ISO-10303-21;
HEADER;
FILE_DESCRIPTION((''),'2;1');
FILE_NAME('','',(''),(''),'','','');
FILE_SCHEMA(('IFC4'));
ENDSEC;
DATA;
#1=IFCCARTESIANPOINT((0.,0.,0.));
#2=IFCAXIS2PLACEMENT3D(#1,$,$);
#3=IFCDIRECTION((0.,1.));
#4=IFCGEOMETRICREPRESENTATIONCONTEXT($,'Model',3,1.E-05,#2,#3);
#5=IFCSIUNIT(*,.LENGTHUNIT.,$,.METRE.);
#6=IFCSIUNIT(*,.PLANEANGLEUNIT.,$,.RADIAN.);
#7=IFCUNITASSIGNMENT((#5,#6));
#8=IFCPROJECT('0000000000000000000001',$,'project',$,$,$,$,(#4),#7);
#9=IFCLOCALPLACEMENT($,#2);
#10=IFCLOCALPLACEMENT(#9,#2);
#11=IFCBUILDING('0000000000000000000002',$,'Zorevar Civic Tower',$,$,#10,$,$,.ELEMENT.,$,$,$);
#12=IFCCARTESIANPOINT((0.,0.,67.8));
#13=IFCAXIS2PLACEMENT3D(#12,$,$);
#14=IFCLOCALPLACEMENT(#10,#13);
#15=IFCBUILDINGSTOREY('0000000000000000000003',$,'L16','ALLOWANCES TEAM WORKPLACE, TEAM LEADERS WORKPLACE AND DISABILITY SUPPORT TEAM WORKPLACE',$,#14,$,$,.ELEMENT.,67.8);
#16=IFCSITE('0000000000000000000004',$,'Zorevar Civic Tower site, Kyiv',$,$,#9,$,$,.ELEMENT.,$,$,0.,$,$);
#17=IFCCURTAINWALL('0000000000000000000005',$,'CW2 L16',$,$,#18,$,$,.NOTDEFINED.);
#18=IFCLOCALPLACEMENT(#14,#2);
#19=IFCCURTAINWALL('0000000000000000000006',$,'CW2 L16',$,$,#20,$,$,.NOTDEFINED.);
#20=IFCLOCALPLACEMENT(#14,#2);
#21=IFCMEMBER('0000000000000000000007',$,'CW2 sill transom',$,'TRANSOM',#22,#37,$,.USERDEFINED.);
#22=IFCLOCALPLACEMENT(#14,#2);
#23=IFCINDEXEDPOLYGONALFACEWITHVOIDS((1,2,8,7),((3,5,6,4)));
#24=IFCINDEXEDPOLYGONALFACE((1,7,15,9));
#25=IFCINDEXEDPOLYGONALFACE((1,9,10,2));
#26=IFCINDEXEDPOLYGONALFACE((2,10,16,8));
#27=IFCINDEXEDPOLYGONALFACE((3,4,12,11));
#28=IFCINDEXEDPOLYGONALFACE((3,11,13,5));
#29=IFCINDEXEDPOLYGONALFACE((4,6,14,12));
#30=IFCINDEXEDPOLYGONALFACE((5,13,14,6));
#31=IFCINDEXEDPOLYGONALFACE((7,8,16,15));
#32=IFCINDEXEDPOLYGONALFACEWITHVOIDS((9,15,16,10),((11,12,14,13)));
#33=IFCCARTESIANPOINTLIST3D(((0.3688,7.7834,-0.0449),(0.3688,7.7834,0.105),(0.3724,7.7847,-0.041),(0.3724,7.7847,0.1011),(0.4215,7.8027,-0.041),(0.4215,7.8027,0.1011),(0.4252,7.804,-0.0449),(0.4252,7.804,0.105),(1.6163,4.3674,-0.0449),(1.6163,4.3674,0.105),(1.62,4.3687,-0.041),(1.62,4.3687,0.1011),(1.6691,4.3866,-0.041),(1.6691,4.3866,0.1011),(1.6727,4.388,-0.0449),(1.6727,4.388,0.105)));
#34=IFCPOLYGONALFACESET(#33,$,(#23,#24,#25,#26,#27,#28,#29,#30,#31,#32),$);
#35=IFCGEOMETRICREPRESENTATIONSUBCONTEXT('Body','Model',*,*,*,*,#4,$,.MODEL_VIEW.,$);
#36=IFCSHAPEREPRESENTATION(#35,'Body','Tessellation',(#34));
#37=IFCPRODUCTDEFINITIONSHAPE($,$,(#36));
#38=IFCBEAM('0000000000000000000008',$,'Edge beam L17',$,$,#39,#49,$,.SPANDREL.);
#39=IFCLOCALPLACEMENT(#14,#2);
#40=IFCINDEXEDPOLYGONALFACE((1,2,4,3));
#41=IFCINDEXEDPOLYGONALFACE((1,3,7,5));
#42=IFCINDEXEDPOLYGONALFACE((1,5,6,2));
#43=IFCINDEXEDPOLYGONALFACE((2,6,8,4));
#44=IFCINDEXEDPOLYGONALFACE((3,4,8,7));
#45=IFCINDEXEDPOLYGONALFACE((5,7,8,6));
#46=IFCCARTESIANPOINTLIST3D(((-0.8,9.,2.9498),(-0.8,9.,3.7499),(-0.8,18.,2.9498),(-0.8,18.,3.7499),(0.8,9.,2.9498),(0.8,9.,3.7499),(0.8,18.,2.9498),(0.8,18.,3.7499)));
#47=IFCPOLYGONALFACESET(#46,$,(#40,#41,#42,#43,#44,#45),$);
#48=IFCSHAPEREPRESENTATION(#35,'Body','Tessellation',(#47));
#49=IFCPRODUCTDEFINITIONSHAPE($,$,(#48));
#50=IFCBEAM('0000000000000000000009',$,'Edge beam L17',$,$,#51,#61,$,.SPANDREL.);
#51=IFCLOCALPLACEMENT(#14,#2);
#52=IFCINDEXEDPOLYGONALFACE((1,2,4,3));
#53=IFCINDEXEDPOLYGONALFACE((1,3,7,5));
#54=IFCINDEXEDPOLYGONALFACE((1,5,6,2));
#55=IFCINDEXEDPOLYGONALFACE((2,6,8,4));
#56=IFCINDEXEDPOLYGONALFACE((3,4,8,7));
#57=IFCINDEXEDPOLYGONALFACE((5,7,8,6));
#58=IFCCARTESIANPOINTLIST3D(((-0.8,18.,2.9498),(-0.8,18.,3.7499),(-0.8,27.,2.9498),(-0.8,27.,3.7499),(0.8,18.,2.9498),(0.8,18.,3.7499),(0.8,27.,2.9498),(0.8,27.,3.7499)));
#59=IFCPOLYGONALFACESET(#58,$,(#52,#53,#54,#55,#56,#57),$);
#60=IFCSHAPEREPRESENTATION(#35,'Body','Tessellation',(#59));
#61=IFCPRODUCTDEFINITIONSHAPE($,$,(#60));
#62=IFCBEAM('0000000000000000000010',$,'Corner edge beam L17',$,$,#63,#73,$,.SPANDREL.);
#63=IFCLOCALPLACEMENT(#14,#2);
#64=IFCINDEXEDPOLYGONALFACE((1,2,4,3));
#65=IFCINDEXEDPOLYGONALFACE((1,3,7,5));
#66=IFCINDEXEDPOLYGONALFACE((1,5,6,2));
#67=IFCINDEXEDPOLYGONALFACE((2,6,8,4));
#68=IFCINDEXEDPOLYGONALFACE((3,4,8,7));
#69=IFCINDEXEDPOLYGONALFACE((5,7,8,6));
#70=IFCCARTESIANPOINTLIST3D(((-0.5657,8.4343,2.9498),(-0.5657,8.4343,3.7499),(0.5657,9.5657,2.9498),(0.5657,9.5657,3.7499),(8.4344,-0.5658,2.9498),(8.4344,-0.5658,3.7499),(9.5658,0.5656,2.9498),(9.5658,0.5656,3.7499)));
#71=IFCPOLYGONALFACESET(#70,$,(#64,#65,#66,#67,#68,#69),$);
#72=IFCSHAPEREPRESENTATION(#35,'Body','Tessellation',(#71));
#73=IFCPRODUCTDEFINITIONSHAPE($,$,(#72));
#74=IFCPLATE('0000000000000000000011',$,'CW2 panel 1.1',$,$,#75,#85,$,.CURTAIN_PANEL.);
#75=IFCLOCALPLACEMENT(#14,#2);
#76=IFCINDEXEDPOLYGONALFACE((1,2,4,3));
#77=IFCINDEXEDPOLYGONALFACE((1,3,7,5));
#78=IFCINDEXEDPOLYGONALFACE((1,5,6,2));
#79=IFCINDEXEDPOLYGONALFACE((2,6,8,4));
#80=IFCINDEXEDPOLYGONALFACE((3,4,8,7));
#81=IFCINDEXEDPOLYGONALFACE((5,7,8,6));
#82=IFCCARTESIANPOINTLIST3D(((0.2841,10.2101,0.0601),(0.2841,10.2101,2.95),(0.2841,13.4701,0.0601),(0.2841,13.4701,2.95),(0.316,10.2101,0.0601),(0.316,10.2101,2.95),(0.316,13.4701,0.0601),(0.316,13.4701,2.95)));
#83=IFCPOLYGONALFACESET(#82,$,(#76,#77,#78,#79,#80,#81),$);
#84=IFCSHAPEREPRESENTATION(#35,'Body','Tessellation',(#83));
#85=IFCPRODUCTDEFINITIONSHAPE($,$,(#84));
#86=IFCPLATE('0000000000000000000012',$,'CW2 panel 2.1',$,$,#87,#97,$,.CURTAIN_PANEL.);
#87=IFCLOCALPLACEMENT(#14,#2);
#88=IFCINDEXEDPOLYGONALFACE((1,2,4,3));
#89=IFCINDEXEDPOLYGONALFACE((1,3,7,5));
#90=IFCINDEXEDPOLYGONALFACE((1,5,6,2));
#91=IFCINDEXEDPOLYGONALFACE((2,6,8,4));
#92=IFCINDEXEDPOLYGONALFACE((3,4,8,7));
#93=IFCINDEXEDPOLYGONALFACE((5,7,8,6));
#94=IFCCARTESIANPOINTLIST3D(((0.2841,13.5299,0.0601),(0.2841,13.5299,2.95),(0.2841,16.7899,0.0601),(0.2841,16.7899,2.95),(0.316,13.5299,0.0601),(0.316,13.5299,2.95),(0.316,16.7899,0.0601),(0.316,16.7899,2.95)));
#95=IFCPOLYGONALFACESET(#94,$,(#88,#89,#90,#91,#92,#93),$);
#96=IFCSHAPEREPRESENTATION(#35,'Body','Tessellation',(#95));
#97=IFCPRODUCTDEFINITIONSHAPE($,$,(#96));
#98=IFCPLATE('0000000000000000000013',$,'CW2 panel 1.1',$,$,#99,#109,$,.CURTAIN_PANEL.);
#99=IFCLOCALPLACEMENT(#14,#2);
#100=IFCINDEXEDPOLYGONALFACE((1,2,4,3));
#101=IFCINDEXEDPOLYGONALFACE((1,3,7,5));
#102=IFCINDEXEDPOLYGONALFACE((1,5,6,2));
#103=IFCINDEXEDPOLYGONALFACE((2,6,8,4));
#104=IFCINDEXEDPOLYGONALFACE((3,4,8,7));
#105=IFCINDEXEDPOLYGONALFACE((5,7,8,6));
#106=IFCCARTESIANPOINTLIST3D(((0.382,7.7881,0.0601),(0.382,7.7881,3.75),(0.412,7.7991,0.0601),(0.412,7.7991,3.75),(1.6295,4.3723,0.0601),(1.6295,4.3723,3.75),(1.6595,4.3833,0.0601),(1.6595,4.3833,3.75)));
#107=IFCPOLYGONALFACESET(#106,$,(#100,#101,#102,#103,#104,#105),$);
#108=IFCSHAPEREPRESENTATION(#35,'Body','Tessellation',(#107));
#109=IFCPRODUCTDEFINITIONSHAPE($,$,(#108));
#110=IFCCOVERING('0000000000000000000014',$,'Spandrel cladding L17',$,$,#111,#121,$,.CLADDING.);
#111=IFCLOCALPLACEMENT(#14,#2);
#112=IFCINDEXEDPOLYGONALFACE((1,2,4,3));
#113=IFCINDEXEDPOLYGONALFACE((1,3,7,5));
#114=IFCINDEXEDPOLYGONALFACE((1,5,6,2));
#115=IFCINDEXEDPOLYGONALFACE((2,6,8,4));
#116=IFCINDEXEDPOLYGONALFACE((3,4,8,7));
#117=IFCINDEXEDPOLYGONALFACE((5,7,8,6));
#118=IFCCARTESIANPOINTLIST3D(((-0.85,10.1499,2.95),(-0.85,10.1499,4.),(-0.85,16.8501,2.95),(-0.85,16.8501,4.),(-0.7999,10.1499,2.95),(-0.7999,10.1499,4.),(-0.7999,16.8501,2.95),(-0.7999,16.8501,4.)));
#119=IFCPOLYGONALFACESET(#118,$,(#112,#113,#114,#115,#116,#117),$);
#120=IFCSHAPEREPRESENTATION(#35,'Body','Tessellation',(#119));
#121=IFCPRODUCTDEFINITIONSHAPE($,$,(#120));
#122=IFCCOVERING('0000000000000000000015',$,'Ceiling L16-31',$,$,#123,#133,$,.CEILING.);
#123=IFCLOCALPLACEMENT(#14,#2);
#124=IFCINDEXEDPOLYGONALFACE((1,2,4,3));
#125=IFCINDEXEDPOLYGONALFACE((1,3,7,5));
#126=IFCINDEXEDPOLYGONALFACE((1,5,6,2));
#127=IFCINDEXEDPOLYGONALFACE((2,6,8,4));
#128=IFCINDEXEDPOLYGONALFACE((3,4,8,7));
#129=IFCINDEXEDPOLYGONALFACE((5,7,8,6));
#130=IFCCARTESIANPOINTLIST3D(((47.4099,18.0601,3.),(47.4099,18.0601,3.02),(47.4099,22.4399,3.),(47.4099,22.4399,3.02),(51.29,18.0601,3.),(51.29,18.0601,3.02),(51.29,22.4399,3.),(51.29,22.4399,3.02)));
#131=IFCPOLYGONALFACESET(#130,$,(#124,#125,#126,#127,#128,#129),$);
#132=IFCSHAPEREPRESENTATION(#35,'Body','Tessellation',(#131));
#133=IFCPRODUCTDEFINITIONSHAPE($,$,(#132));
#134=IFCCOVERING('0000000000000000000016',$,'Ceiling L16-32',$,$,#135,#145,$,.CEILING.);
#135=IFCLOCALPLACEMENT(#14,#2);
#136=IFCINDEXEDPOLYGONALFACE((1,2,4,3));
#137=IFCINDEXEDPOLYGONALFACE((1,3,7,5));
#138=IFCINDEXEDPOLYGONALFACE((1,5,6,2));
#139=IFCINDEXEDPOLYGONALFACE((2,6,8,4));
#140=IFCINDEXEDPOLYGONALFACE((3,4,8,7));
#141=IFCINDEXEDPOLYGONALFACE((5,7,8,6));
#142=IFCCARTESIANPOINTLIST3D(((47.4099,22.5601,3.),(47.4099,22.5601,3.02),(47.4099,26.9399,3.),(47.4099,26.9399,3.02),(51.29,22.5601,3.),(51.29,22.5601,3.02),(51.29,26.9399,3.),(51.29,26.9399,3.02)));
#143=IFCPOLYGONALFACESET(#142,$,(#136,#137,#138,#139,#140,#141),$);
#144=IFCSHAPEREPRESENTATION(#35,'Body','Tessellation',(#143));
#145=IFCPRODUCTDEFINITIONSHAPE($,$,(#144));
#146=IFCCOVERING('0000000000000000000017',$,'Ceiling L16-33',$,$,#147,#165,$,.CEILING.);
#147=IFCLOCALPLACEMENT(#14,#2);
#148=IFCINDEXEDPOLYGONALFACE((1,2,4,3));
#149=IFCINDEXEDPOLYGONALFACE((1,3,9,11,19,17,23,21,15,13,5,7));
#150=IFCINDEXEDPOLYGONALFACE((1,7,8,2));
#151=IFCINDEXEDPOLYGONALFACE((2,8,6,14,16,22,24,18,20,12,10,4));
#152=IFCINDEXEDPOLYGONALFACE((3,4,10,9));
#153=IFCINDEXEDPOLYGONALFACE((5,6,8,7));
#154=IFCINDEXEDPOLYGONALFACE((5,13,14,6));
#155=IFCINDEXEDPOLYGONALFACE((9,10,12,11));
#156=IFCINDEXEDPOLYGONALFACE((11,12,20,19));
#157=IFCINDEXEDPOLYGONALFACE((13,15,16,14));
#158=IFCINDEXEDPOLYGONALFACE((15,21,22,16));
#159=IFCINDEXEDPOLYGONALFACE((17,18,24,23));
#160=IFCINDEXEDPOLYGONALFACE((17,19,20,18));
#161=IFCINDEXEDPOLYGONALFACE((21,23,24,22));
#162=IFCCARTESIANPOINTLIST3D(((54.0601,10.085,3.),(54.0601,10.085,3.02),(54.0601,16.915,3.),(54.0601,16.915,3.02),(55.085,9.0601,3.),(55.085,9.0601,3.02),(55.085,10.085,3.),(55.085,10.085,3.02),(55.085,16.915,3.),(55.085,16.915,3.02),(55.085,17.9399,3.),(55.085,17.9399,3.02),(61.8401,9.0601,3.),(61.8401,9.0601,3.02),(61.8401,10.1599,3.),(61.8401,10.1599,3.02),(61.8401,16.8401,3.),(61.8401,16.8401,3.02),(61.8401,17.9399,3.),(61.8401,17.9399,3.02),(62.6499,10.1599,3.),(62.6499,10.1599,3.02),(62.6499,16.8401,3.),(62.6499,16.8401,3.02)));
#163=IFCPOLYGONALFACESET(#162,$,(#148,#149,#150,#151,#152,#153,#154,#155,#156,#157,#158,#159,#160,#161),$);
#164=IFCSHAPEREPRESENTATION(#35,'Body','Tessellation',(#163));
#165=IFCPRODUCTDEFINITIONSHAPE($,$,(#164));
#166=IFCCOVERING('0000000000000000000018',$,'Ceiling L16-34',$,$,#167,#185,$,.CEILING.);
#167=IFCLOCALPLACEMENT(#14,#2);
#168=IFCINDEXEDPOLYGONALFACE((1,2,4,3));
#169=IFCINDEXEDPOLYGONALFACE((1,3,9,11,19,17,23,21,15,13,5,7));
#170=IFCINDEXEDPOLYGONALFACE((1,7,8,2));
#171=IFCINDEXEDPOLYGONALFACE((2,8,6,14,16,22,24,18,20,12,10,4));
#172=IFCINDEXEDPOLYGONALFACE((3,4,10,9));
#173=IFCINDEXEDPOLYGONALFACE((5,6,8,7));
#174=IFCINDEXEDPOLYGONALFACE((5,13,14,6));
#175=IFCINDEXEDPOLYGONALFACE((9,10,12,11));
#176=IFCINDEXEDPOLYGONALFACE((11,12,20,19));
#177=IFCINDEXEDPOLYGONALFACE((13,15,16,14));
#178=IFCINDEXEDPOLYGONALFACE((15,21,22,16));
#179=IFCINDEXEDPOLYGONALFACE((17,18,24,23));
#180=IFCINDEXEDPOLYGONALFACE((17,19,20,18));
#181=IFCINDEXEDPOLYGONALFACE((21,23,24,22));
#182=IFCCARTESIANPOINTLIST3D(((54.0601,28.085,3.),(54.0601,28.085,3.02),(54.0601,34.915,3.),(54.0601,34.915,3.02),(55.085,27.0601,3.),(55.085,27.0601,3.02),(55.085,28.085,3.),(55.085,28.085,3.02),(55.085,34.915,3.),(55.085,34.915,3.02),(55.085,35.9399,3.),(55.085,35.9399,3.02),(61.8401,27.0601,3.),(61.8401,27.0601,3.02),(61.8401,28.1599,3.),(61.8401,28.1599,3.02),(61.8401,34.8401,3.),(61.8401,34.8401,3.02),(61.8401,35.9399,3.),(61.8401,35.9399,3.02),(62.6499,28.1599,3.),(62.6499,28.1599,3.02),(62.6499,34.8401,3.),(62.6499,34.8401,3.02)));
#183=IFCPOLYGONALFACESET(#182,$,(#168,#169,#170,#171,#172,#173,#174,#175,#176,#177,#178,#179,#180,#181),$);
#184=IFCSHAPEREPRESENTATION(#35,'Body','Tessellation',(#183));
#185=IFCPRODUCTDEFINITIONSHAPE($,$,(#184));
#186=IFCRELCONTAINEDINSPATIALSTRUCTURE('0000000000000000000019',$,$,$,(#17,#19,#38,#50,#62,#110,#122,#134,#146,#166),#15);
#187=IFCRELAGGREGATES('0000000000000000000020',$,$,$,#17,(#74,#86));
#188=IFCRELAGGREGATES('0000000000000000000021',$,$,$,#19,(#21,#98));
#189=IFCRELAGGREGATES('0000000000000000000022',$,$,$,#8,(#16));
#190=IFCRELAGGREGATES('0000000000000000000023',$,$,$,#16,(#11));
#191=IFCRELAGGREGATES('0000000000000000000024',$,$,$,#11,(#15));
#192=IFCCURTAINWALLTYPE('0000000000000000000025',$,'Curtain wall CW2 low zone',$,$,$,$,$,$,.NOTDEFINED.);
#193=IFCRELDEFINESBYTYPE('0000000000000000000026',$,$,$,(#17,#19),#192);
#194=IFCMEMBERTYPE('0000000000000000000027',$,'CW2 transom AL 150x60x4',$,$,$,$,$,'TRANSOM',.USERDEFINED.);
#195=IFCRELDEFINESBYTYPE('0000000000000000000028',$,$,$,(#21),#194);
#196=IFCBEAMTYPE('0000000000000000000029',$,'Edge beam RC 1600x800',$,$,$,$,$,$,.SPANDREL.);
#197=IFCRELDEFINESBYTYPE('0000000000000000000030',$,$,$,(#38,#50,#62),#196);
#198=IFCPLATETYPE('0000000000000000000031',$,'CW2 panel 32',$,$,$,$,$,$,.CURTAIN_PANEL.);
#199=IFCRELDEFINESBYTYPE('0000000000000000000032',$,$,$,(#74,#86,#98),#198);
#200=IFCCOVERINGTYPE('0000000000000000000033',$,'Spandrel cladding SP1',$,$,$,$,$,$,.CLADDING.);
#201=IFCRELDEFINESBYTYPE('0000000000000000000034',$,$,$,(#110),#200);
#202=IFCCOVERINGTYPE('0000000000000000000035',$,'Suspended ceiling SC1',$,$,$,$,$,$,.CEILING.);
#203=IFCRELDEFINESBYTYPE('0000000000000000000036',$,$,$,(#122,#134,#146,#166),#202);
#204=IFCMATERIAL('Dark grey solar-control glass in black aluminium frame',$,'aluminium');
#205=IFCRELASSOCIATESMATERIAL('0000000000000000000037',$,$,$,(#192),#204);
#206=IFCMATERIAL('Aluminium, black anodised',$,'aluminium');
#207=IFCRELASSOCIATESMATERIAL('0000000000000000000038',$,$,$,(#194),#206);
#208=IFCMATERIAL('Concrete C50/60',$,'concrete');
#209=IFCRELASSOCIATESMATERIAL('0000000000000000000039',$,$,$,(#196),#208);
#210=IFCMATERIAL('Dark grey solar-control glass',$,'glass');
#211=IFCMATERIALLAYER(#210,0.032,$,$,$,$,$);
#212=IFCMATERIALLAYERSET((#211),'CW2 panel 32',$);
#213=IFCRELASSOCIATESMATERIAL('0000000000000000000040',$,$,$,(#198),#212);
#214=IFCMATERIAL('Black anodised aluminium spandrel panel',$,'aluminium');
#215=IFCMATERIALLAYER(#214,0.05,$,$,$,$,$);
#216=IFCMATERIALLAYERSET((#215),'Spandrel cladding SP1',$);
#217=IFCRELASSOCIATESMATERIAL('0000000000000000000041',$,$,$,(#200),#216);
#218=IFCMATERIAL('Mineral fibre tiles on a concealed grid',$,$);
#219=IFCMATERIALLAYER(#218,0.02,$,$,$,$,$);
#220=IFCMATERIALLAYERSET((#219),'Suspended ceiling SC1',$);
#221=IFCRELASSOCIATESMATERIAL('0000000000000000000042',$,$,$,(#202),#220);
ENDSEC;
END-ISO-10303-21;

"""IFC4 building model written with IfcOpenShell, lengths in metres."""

from ifc_helpers import new_model, si_unit, direction, frame, frame_2d, origin, origin_2d, place, context, subcontext, project, spatial, polyline, rectangle, hollow_rectangle, outline, extrude, material, layer, layer_set, material_profile, profile_set, type_object, element, aggregate, save


model = new_model("IFC4")

# Units and contexts
model_context = context("Model", 3, precision=1e-05, world=origin(), true_north=direction((0.0, 1.0)))
body_context = subcontext(model_context, "Body", "Model", "MODEL_VIEW")
ifc_project = project(units=[si_unit("LENGTHUNIT", "METRE"), si_unit("PLANEANGLEUNIT", "RADIAN")], contexts=[model_context])

# Site, building, storey
site_placement = place(None, origin())
site = spatial("IfcSite", under=ifc_project, at=site_placement, Name="Zorevar Civic Tower site, Kyiv", CompositionType="ELEMENT", RefElevation=0.0)
building_placement = place(site_placement, origin())
building = spatial("IfcBuilding", under=site, at=building_placement, Name="Zorevar Civic Tower", CompositionType="ELEMENT")
storey_placement = place(building_placement, frame((0.0, 0.0, 67.8)))
storey = spatial("IfcBuildingStorey", under=building, at=storey_placement, Name="L16", Description="ALLOWANCES TEAM WORKPLACE, TEAM LEADERS WORKPLACE AND DISABILITY SUPPORT TEAM WORKPLACE", CompositionType="ELEMENT", Elevation=67.8)

# Curtain walls
ifc_material_1 = material(Name="Dark grey solar-control glass in black aluminium frame", Category="aluminium")
curtain_wall_type = type_object("IfcCurtainWallType", Name="Curtain wall CW2 low zone", PredefinedType="NOTDEFINED", material=ifc_material_1)
curtain_wall_1_placement = place(storey_placement, origin())
curtain_wall_1 = element("IfcCurtainWall", 1, at=curtain_wall_1_placement, inside=storey, type_object=curtain_wall_type, Name="CW2 L16", PredefinedType="NOTDEFINED")
curtain_wall_2_placement = place(storey_placement, origin())
curtain_wall_2 = element("IfcCurtainWall", 2, at=curtain_wall_2_placement, inside=storey, type_object=curtain_wall_type, Name="CW2 L16", PredefinedType="NOTDEFINED")

# Member
ifc_material_2 = material(Name="Aluminium, black anodised", Category="aluminium")
ifc_material_profile_1 = material_profile(ifc_material_2, hollow_rectangle(XDim=0.0601, YDim=0.1499, WallThickness=0.0039, at=origin_2d()), Name="AL 150x60x4")
ifc_profile_set_1 = profile_set([ifc_material_profile_1], Name="Aluminium, black anodised")
member_type_1 = type_object("IfcMemberType", Name="CW2 transom AL 150x60x4", ElementType="TRANSOM", PredefinedType="USERDEFINED", material=ifc_profile_set_1)
member_1_placement = place(storey_placement, frame((0.397, 7.7937, 0.03), z_axis=(0.343047, -0.939318, 0.0), x_axis=(0.939318, 0.343047, 0.0)))
member_1 = element("IfcMember", 3, at=member_1_placement, type_object=member_type_1, Name="CW2 sill transom", ObjectType="TRANSOM", PredefinedType="USERDEFINED", context=body_context, shape_type="SweptSolid", body=[
    extrude(hollow_rectangle(XDim=0.0601, YDim=0.1499, WallThickness=0.0039, at=origin_2d()), origin(), (0.0, 0.0, 1.0), 3.6367),
])

# Beams
ifc_material_3 = material(Name="Concrete C50/60", Category="concrete")
ifc_material_profile_2 = material_profile(ifc_material_3, rectangle(XDim=1.6001, YDim=0.8, at=origin_2d()), Name="RC 1600x800")
ifc_profile_set_2 = profile_set([ifc_material_profile_2], Name="Concrete C50/60")
beam_type_1 = type_object("IfcBeamType", Name="Edge beam RC 1600x800", PredefinedType="SPANDREL", material=ifc_profile_set_2)
for number, where, z_axis, x_axis, name in (
    (4, (0.0, 9.0, 3.3499), (0.0, 1.0, 0.0), (-1.0, 0.0, 0.0), "Edge beam L17"),
    (5, (0.0, 18.0, 3.3499), (0.0, 1.0, 0.0), (-1.0, 0.0, 0.0), "Edge beam L17"),
):
    element("IfcBeam", number, at=place(storey_placement, frame(where, z_axis=z_axis, x_axis=x_axis)), inside=storey, type_object=beam_type_1, Name=name, PredefinedType="SPANDREL", context=body_context, shape_type="SweptSolid", body=[
        extrude(rectangle(XDim=1.6001, YDim=0.8, at=origin_2d()), origin(), (0.0, 0.0, 1.0), 9.0),
    ])
beam_1_placement = place(storey_placement, frame((0.0, 9.0, 3.3499), z_axis=(0.707107, -0.707107, 0.0), x_axis=(0.707107, 0.707107, 0.0)))
element("IfcBeam", 6, at=beam_1_placement, inside=storey, type_object=beam_type_1, Name="Corner edge beam L17", PredefinedType="SPANDREL", context=body_context, shape_type="SweptSolid", body=[
    extrude(rectangle(XDim=1.6001, YDim=0.8, at=origin_2d()), origin(), (0.0, 0.0, 1.0), 12.728),
])

# Plates
ifc_material_4 = material(Name="Dark grey solar-control glass", Category="glass")
ifc_layer_1 = layer(ifc_material_4, 0.032)
ifc_layer_set_1 = layer_set([ifc_layer_1], Name="CW2 panel 32")
plate_type = type_object("IfcPlateType", Name="CW2 panel 32", PredefinedType="CURTAIN_PANEL", material=ifc_layer_set_1)
plate_1_placement = place(storey_placement, frame((0.3, 11.8401, 0.0601), z_axis=(0.0, 0.0, 1.0), x_axis=(0.0, 1.0, 0.0)))
plate_1 = element("IfcPlate", 7, at=plate_1_placement, type_object=plate_type, Name="CW2 panel 1.1", PredefinedType="CURTAIN_PANEL", context=body_context, shape_type="SweptSolid", body=[
    extrude(rectangle(XDim=3.26, YDim=0.032, at=origin_2d()), origin(), (0.0, 0.0, 1.0), 2.8899),
])
plate_2_placement = place(storey_placement, frame((0.3, 15.1599, 0.0601), z_axis=(0.0, 0.0, 1.0), x_axis=(0.0, 1.0, 0.0)))
plate_2 = element("IfcPlate", 8, at=plate_2_placement, type_object=plate_type, Name="CW2 panel 2.1", PredefinedType="CURTAIN_PANEL", context=body_context, shape_type="SweptSolid", body=[
    extrude(rectangle(XDim=3.26, YDim=0.032, at=origin_2d()), origin(), (0.0, 0.0, 1.0), 2.8899),
])
aggregate(curtain_wall_1, [plate_1, plate_2])
plate_3_placement = place(storey_placement, frame((1.0208, 6.0857, 0.0601), z_axis=(0.0, 0.0, 1.0), x_axis=(0.34306, -0.939313, 0.0)))
plate_3 = element("IfcPlate", 9, at=plate_3_placement, type_object=plate_type, Name="CW2 panel 1.1", PredefinedType="CURTAIN_PANEL", context=body_context, shape_type="SweptSolid", body=[
    extrude(rectangle(XDim=3.6365, YDim=0.032, at=origin_2d()), origin(), (0.0, 0.0, 1.0), 3.6899),
])
aggregate(curtain_wall_2, [member_1, plate_3])

# Coverings
ifc_material_5 = material(Name="Black anodised aluminium spandrel panel", Category="aluminium")
ifc_layer_2 = layer(ifc_material_5, 0.05)
ifc_layer_set_2 = layer_set([ifc_layer_2], Name="Spandrel cladding SP1")
covering_type_1 = type_object("IfcCoveringType", Name="Spandrel cladding SP1", PredefinedType="CLADDING", material=ifc_layer_set_2)
covering_1_placement = place(storey_placement, frame((-0.825, 10.1499, 2.95), z_axis=(0.0, 0.0, 1.0), x_axis=(0.0, 1.0, 0.0)))
element("IfcCovering", 10, at=covering_1_placement, inside=storey, type_object=covering_type_1, Name="Spandrel cladding L17", PredefinedType="CLADDING", context=body_context, shape_type="SweptSolid", body=[
    extrude(rectangle(XDim=6.7002, YDim=0.05, at=frame_2d((3.3501, 0.0))), origin(), (0.0, 0.0, 1.0), 1.05),
])
ifc_material_6 = material(Name="Mineral fibre tiles on a concealed grid")
ifc_layer_3 = layer(ifc_material_6, 0.02)
ifc_layer_set_3 = layer_set([ifc_layer_3], Name="Suspended ceiling SC1")
covering_type_2 = type_object("IfcCoveringType", Name="Suspended ceiling SC1", PredefinedType="CEILING", material=ifc_layer_set_3)
covering_2_placement = place(storey_placement, frame((0.0, 0.0, 3.0)))
element("IfcCovering", 11, at=covering_2_placement, inside=storey, type_object=covering_type_2, Name="Ceiling L16-31", PredefinedType="CEILING", context=body_context, shape_type="SweptSolid", body=[
    extrude(outline(polyline([(47.4099, 22.4399), (51.29, 22.4399), (51.29, 18.0601), (47.4099, 18.0601), (47.4099, 22.4399)])), origin(), (0.0, 0.0, 1.0), 0.02),
])
covering_3_placement = place(storey_placement, frame((0.0, 0.0, 3.0)))
element("IfcCovering", 12, at=covering_3_placement, inside=storey, type_object=covering_type_2, Name="Ceiling L16-32", PredefinedType="CEILING", context=body_context, shape_type="SweptSolid", body=[
    extrude(outline(polyline([(47.4099, 26.9399), (51.29, 26.9399), (51.29, 22.5601), (47.4099, 22.5601), (47.4099, 26.9399)])), origin(), (0.0, 0.0, 1.0), 0.02),
])
covering_4_placement = place(storey_placement, frame((0.0, 0.0, 3.0)))
element("IfcCovering", 13, at=covering_4_placement, inside=storey, type_object=covering_type_2, Name="Ceiling L16-33", PredefinedType="CEILING", context=body_context, shape_type="SweptSolid", body=[
    extrude(outline(polyline([(62.6499, 10.1599), (61.8401, 10.1599), (61.8401, 9.0601), (55.085, 9.0601), (55.085, 10.085), (54.0601, 10.085), (54.0601, 16.915), (55.085, 16.915), (55.085, 17.9399), (61.8401, 17.9399), (61.8401, 16.8401), (62.6499, 16.8401), (62.6499, 10.1599)])), origin(), (0.0, 0.0, 1.0), 0.02),
])
covering_5_placement = place(storey_placement, frame((0.0, 0.0, 3.0)))
element("IfcCovering", 14, at=covering_5_placement, inside=storey, type_object=covering_type_2, Name="Ceiling L16-34", PredefinedType="CEILING", context=body_context, shape_type="SweptSolid", body=[
    extrude(outline(polyline([(62.6499, 28.1599), (61.8401, 28.1599), (61.8401, 27.0601), (55.085, 27.0601), (55.085, 28.085), (54.0601, 28.085), (54.0601, 34.915), (55.085, 34.915), (55.085, 35.9399), (61.8401, 35.9399), (61.8401, 34.8401), (62.6499, 34.8401), (62.6499, 28.1599)])), origin(), (0.0, 0.0, 1.0), 0.02),
])

save(model, "model.ifc")
